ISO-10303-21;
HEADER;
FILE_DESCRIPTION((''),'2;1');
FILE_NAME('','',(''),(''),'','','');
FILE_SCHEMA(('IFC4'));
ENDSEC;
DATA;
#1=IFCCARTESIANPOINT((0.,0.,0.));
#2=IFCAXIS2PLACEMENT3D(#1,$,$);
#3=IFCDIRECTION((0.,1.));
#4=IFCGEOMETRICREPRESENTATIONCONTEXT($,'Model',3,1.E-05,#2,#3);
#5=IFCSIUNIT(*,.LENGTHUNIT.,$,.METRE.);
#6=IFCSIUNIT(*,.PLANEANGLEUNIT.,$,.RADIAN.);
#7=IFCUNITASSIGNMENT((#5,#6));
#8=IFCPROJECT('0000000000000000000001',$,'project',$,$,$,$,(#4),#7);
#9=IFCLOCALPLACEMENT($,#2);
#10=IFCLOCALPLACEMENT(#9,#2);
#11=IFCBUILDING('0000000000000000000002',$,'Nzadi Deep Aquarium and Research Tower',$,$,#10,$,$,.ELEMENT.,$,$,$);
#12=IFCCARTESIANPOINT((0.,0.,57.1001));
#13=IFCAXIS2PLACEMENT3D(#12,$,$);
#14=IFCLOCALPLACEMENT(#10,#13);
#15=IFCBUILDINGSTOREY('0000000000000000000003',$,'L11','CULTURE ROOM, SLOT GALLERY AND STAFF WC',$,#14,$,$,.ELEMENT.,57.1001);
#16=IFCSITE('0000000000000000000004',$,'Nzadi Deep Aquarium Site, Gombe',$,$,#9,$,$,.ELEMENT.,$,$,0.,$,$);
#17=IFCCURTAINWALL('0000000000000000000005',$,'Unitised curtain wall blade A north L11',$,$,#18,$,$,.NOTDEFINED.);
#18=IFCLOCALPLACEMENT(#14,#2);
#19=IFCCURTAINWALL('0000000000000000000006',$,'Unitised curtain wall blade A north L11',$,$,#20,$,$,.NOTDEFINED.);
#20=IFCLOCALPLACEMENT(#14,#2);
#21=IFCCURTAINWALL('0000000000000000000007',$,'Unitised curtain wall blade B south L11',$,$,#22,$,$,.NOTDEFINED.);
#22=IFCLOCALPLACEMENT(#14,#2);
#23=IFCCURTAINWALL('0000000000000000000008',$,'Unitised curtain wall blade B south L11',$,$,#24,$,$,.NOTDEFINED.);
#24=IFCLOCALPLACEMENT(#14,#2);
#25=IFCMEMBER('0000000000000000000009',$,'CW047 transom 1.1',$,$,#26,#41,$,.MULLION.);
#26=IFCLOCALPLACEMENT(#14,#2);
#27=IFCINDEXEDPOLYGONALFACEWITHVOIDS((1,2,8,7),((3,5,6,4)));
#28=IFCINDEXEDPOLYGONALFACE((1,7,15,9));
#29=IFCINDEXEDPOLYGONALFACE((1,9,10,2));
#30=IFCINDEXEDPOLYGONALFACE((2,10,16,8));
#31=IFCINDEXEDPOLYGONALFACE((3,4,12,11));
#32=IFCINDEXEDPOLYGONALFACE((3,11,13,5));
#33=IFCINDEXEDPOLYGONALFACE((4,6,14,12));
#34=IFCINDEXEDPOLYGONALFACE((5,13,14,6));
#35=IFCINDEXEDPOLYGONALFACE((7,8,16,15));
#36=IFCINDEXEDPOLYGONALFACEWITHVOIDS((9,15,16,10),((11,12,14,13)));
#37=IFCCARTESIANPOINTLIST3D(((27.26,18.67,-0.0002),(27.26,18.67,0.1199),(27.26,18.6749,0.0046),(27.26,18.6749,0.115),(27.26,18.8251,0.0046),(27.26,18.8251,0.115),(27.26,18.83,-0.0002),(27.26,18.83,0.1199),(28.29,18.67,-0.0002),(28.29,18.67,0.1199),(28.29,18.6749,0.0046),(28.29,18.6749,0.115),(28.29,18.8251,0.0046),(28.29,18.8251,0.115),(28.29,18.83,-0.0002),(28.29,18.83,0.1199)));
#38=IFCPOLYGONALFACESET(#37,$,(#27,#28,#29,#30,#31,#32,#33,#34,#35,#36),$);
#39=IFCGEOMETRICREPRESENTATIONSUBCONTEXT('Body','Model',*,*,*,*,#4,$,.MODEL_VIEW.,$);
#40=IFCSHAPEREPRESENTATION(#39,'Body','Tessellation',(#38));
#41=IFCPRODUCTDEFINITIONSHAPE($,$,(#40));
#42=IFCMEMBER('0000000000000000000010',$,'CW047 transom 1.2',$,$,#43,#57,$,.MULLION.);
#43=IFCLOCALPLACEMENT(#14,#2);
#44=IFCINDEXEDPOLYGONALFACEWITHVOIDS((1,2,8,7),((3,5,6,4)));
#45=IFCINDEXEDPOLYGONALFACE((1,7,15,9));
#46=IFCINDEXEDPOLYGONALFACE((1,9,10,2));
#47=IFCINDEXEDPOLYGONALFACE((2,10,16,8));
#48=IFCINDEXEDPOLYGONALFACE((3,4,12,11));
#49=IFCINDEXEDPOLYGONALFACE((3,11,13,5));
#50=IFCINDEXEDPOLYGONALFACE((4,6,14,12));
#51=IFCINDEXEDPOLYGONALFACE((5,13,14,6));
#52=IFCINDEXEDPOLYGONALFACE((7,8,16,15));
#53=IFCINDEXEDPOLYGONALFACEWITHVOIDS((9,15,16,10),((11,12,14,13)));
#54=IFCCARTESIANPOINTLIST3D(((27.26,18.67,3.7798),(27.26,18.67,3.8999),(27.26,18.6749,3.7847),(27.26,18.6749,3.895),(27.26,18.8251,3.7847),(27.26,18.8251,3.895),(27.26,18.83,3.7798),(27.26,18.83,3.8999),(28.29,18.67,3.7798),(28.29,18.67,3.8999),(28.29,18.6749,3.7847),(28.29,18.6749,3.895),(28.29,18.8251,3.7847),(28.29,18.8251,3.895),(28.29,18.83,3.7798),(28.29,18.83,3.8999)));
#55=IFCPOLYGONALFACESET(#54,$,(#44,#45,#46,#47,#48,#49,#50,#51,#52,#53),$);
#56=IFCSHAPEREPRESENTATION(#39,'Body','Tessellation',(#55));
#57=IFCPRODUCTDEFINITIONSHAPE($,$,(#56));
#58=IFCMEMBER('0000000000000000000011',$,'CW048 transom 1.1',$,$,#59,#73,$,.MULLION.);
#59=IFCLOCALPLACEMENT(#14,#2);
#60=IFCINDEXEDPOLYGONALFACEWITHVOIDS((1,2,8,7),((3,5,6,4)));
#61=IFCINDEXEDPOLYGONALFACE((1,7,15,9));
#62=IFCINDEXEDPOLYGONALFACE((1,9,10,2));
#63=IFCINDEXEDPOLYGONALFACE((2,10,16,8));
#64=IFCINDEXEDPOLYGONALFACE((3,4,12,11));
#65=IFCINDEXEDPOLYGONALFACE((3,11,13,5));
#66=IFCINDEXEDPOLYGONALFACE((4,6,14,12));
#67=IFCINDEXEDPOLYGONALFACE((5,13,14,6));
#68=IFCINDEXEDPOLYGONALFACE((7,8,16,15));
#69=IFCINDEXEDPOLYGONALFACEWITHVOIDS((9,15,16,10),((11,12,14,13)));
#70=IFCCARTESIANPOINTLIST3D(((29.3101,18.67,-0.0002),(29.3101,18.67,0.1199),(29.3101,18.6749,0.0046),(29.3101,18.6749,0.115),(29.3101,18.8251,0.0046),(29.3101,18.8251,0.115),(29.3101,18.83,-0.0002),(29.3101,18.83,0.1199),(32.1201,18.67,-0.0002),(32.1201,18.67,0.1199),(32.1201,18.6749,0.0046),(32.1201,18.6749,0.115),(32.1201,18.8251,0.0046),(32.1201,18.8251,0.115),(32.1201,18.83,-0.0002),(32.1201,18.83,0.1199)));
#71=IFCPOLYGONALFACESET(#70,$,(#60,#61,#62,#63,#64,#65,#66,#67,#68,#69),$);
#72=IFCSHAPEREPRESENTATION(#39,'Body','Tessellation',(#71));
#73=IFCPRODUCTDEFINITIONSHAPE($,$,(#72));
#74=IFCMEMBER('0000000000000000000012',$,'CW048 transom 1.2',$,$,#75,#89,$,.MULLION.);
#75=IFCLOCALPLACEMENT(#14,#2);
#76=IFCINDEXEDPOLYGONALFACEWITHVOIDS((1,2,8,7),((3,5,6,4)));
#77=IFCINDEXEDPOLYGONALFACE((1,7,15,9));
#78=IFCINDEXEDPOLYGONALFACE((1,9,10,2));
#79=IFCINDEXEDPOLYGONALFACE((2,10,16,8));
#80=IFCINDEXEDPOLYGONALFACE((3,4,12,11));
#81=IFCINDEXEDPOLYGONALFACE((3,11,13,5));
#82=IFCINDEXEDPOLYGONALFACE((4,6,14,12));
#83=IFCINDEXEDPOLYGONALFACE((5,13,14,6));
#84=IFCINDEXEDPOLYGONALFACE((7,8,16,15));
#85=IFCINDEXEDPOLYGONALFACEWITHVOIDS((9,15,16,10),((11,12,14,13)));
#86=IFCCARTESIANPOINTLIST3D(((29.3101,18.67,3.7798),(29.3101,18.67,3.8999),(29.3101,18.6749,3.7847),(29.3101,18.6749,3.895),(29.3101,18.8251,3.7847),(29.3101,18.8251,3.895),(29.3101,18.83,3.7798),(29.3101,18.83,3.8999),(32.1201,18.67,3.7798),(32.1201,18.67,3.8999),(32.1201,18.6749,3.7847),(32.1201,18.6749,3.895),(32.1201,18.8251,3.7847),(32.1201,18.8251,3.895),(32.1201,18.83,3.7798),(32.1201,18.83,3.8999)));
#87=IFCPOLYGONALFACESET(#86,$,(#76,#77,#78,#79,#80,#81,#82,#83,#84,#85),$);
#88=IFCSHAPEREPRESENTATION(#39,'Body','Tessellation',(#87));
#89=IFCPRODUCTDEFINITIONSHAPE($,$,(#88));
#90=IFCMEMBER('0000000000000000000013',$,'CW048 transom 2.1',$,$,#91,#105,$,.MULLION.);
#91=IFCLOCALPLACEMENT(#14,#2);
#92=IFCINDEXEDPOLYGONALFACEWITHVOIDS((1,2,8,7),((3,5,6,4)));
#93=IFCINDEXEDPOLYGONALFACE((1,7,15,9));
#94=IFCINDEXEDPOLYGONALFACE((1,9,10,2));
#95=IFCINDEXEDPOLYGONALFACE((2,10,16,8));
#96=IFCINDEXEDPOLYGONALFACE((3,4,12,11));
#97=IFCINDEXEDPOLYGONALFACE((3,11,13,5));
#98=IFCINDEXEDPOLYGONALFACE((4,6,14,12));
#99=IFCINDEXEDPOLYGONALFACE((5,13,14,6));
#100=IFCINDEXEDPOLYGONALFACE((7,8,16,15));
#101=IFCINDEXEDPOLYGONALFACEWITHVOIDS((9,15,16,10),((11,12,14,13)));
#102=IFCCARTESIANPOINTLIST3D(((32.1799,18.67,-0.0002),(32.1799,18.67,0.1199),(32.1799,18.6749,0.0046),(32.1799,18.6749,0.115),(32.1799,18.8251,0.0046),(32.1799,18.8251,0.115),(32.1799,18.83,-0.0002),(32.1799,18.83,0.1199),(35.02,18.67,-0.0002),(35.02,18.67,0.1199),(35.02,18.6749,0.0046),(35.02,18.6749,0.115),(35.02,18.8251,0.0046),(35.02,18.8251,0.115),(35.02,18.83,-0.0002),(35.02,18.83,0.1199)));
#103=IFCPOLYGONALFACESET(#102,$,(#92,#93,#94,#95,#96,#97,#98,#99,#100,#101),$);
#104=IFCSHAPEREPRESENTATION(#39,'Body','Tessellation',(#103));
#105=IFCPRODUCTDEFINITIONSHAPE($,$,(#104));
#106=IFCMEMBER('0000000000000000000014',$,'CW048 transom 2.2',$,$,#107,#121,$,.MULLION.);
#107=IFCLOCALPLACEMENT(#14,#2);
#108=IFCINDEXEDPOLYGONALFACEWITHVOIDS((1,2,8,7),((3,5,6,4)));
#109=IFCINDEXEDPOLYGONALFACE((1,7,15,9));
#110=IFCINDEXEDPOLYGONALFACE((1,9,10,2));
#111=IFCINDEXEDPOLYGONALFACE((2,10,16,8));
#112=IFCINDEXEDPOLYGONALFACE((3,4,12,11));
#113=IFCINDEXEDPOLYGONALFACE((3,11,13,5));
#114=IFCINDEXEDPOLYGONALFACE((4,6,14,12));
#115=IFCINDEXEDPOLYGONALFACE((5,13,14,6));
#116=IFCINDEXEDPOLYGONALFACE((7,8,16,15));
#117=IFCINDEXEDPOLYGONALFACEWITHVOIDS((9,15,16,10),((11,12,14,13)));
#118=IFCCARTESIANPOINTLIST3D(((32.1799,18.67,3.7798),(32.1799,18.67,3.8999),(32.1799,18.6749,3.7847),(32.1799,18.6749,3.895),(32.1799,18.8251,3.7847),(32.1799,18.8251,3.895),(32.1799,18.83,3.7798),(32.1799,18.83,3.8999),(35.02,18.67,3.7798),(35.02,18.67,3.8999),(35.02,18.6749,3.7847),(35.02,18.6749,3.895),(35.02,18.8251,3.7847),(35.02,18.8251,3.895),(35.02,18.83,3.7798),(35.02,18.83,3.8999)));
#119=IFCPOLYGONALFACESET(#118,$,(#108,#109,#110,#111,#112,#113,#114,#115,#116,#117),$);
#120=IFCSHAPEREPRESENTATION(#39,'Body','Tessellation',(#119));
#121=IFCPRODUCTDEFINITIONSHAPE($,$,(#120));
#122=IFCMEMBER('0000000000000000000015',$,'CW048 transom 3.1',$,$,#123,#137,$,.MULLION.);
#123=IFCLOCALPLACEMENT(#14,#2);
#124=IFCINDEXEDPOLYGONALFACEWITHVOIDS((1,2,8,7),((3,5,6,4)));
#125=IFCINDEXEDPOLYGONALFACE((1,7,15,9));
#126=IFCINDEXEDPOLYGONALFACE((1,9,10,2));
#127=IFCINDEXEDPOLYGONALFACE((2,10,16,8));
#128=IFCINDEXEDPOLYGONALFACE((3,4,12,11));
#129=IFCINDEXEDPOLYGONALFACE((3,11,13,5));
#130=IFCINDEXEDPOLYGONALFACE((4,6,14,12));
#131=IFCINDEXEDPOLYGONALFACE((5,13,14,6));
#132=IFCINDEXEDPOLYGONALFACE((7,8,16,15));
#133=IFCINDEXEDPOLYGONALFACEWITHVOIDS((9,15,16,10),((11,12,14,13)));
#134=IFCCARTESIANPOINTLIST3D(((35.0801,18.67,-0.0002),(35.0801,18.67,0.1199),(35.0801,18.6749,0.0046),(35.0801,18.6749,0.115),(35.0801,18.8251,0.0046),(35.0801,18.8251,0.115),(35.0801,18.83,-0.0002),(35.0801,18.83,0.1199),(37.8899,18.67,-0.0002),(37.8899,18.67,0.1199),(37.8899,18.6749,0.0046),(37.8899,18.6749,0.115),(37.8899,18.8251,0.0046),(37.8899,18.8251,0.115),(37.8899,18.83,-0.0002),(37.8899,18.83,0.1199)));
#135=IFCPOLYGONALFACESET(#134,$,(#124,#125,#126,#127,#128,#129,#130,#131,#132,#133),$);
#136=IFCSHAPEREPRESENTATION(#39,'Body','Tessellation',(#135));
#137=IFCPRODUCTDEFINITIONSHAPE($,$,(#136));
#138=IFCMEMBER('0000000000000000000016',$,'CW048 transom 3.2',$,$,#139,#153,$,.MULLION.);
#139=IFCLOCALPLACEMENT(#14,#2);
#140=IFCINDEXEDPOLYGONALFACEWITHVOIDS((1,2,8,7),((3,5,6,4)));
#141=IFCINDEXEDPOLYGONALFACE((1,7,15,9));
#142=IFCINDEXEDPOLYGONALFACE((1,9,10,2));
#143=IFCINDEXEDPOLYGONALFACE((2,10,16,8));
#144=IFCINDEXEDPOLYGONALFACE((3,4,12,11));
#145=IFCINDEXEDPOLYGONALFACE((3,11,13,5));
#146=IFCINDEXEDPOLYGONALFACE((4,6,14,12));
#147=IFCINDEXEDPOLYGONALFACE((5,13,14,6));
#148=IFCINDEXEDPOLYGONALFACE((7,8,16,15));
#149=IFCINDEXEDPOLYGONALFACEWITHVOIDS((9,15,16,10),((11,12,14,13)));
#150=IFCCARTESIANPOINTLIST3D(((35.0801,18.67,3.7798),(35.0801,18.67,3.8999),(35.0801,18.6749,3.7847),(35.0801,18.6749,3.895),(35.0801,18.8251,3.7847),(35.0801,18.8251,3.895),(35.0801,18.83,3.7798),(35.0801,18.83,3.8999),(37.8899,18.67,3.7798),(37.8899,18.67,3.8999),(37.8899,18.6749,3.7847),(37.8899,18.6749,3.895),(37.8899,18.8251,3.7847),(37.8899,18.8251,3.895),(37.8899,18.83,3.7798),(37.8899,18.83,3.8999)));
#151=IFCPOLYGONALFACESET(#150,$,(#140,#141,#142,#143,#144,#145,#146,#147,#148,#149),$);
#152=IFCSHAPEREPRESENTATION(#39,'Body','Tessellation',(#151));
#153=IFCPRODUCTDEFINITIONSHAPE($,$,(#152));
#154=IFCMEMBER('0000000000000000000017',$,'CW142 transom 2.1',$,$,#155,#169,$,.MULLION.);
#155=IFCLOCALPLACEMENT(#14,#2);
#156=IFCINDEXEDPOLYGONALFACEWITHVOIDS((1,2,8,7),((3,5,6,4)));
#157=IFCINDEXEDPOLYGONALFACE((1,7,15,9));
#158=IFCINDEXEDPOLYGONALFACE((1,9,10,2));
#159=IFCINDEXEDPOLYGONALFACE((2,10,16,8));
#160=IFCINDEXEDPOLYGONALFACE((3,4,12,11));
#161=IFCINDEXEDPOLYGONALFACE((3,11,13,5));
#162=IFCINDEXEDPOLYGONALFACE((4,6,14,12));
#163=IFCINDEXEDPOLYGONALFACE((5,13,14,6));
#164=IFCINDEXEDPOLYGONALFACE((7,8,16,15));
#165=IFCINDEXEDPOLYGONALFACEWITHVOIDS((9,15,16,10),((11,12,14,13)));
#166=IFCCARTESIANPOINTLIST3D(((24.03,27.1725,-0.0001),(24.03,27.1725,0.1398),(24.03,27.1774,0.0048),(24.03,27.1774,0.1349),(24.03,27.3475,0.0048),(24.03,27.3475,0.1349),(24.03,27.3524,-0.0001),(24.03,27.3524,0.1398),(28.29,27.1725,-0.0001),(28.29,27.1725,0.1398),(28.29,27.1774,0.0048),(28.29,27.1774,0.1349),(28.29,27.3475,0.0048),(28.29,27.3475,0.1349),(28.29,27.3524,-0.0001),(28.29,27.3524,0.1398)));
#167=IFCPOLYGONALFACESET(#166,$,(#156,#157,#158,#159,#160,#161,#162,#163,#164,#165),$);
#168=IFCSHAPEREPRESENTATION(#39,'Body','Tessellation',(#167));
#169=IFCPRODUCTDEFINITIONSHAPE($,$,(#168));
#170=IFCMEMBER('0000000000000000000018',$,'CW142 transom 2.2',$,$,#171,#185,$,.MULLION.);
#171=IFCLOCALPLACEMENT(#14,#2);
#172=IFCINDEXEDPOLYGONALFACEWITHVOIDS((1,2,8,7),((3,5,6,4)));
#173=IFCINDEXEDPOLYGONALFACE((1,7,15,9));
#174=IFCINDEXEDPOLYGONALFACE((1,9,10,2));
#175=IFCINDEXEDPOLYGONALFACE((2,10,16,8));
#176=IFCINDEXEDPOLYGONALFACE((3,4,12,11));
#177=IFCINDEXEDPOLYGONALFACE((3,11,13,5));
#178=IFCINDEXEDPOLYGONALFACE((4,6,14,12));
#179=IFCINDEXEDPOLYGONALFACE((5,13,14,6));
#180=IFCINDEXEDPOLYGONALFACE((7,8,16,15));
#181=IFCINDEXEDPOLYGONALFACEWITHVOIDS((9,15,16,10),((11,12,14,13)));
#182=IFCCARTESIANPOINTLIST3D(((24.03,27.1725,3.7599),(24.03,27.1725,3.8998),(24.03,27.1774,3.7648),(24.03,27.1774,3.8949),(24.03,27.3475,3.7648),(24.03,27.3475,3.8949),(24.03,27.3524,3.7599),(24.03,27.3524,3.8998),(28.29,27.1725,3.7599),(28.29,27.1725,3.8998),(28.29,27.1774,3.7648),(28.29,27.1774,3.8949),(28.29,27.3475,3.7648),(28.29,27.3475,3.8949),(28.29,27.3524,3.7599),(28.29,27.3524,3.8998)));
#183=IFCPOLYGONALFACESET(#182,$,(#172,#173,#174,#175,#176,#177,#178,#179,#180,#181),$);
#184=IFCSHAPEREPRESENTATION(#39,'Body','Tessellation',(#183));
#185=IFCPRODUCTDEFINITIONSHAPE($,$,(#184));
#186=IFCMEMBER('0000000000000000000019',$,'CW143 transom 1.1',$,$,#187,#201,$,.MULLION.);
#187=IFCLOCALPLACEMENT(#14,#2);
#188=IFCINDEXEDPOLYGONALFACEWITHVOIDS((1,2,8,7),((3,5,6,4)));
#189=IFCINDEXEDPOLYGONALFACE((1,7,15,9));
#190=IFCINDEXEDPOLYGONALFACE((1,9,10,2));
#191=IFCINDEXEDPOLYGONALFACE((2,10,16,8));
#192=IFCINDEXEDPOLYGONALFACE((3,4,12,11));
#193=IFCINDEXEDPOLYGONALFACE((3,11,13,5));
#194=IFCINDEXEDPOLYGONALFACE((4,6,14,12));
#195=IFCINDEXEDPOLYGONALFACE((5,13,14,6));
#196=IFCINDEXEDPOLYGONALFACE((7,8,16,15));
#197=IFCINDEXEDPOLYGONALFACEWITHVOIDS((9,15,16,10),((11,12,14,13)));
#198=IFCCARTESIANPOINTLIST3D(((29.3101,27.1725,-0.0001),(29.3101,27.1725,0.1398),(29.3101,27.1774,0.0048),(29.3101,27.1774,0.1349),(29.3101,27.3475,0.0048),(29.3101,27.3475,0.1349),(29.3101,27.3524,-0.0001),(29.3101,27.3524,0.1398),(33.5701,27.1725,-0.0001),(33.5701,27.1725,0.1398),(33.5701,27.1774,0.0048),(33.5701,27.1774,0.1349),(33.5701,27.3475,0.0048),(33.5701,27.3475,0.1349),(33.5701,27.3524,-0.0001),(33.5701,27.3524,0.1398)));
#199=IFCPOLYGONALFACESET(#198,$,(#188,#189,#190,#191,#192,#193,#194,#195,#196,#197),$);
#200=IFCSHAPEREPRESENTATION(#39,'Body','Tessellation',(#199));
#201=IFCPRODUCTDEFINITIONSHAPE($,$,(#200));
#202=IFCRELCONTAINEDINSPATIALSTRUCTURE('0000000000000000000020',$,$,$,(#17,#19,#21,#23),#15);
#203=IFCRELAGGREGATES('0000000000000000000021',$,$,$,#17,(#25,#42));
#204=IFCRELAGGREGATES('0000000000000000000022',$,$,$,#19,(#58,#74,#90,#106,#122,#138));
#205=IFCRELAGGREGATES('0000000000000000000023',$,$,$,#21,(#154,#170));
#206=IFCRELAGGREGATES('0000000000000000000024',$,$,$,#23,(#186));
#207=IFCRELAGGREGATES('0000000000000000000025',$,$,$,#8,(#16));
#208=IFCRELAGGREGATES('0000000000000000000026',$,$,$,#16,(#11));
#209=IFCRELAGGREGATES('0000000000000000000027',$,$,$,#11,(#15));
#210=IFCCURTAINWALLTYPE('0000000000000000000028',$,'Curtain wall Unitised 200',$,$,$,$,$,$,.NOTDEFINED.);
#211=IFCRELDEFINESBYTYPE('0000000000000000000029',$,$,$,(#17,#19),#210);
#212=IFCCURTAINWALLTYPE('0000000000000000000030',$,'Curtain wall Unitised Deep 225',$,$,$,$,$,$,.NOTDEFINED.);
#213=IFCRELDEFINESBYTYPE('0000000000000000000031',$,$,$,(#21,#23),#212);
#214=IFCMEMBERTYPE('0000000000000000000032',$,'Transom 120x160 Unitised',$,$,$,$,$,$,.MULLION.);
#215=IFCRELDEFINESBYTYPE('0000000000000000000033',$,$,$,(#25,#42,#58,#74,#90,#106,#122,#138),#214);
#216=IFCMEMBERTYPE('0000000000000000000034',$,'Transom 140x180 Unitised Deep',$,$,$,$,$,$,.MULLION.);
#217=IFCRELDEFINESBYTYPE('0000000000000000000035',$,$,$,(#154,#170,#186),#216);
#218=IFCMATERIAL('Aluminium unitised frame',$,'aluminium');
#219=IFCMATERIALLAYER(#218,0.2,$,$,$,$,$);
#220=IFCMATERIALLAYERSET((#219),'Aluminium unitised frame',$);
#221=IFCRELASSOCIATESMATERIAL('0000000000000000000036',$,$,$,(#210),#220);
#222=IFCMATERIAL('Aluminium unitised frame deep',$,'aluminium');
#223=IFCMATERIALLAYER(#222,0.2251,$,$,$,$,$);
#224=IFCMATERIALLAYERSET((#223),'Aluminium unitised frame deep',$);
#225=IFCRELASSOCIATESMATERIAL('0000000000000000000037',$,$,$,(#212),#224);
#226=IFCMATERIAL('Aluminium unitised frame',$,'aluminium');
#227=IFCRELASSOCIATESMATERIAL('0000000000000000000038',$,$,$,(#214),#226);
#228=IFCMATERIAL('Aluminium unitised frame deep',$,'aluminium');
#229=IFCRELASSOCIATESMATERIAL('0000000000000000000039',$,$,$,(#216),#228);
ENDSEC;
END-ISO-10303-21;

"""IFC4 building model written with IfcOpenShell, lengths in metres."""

from ifc_helpers import new_model, si_unit, direction, frame, origin, origin_2d, place, context, subcontext, project, spatial, hollow_rectangle, extrude, material, layer, layer_set, material_profile, profile_set, type_object, element, aggregate, save


model = new_model("IFC4")

# Units and contexts
model_context = context("Model", 3, precision=1e-05, world=origin(), true_north=direction((0.0, 1.0)))
body_context = subcontext(model_context, "Body", "Model", "MODEL_VIEW")
ifc_project = project(units=[si_unit("LENGTHUNIT", "METRE"), si_unit("PLANEANGLEUNIT", "RADIAN")], contexts=[model_context])

# Site, building, storey
site_placement = place(None, origin())
site = spatial("IfcSite", under=ifc_project, at=site_placement, Name="Nzadi Deep Aquarium Site, Gombe", CompositionType="ELEMENT", RefElevation=0.0)
building_placement = place(site_placement, origin())
building = spatial("IfcBuilding", under=site, at=building_placement, Name="Nzadi Deep Aquarium and Research Tower", CompositionType="ELEMENT")
storey_placement = place(building_placement, frame((0.0, 0.0, 57.1001)))
storey = spatial("IfcBuildingStorey", under=building, at=storey_placement, Name="L11", Description="CULTURE ROOM, SLOT GALLERY AND STAFF WC", CompositionType="ELEMENT", Elevation=57.1001)

# Curtain walls
ifc_material_1 = material(Name="Aluminium unitised frame", Category="aluminium")
ifc_layer_1 = layer(ifc_material_1, 0.2)
ifc_layer_set_1 = layer_set([ifc_layer_1], Name="Aluminium unitised frame")
curtain_wall_type_1 = type_object("IfcCurtainWallType", Name="Curtain wall Unitised 200", PredefinedType="NOTDEFINED", material=ifc_layer_set_1)
curtain_wall_1_placement = place(storey_placement, origin())
curtain_wall_1 = element("IfcCurtainWall", 1, at=curtain_wall_1_placement, inside=storey, type_object=curtain_wall_type_1, Name="Unitised curtain wall blade A north L11", PredefinedType="NOTDEFINED")
curtain_wall_2_placement = place(storey_placement, origin())
curtain_wall_2 = element("IfcCurtainWall", 2, at=curtain_wall_2_placement, inside=storey, type_object=curtain_wall_type_1, Name="Unitised curtain wall blade A north L11", PredefinedType="NOTDEFINED")
ifc_material_2 = material(Name="Aluminium unitised frame deep", Category="aluminium")
ifc_layer_2 = layer(ifc_material_2, 0.2251)
ifc_layer_set_2 = layer_set([ifc_layer_2], Name="Aluminium unitised frame deep")
curtain_wall_type_2 = type_object("IfcCurtainWallType", Name="Curtain wall Unitised Deep 225", PredefinedType="NOTDEFINED", material=ifc_layer_set_2)
curtain_wall_3_placement = place(storey_placement, origin())
curtain_wall_3 = element("IfcCurtainWall", 3, at=curtain_wall_3_placement, inside=storey, type_object=curtain_wall_type_2, Name="Unitised curtain wall blade B south L11", PredefinedType="NOTDEFINED")
curtain_wall_4_placement = place(storey_placement, origin())
curtain_wall_4 = element("IfcCurtainWall", 4, at=curtain_wall_4_placement, inside=storey, type_object=curtain_wall_type_2, Name="Unitised curtain wall blade B south L11", PredefinedType="NOTDEFINED")

# Members
ifc_material_3 = material(Name="Aluminium unitised frame", Category="aluminium")
ifc_material_profile_1 = material_profile(ifc_material_3, hollow_rectangle(XDim=0.1599, YDim=0.1201, WallThickness=0.0049, at=origin_2d()))
ifc_profile_set_1 = profile_set([ifc_material_profile_1], Name="Aluminium unitised frame")
member_type_1 = type_object("IfcMemberType", Name="Transom 120x160 Unitised", PredefinedType="MULLION", material=ifc_profile_set_1)
member_1_placement = place(storey_placement, frame((27.26, 18.75, 0.0598), z_axis=(1.0, 0.0, 0.0), x_axis=(0.0, 1.0, 0.0)))
member_1 = element("IfcMember", 5, at=member_1_placement, type_object=member_type_1, Name="CW047 transom 1.1", PredefinedType="MULLION", context=body_context, shape_type="SweptSolid", body=[
    extrude(hollow_rectangle(XDim=0.1599, YDim=0.1201, WallThickness=0.0049, at=origin_2d()), origin(), (0.0, 0.0, 1.0), 1.03),
])
member_2_placement = place(storey_placement, frame((27.26, 18.75, 3.8398), z_axis=(1.0, 0.0, 0.0), x_axis=(0.0, 1.0, 0.0)))
member_2 = element("IfcMember", 6, at=member_2_placement, type_object=member_type_1, Name="CW047 transom 1.2", PredefinedType="MULLION", context=body_context, shape_type="SweptSolid", body=[
    extrude(hollow_rectangle(XDim=0.1599, YDim=0.1201, WallThickness=0.0049, at=origin_2d()), origin(), (0.0, 0.0, 1.0), 1.03),
])
member_3_placement = place(storey_placement, frame((29.3101, 18.75, 0.0598), z_axis=(1.0, 0.0, 0.0), x_axis=(0.0, 1.0, 0.0)))
member_3 = element("IfcMember", 7, at=member_3_placement, type_object=member_type_1, Name="CW048 transom 1.1", PredefinedType="MULLION", context=body_context, shape_type="SweptSolid", body=[
    extrude(hollow_rectangle(XDim=0.1599, YDim=0.1201, WallThickness=0.0049, at=origin_2d()), origin(), (0.0, 0.0, 1.0), 2.8101),
])
member_4_placement = place(storey_placement, frame((29.3101, 18.75, 3.8398), z_axis=(1.0, 0.0, 0.0), x_axis=(0.0, 1.0, 0.0)))
member_4 = element("IfcMember", 8, at=member_4_placement, type_object=member_type_1, Name="CW048 transom 1.2", PredefinedType="MULLION", context=body_context, shape_type="SweptSolid", body=[
    extrude(hollow_rectangle(XDim=0.1599, YDim=0.1201, WallThickness=0.0049, at=origin_2d()), origin(), (0.0, 0.0, 1.0), 2.8101),
])
member_5_placement = place(storey_placement, frame((32.1799, 18.75, 0.0598), z_axis=(1.0, 0.0, 0.0), x_axis=(0.0, 1.0, 0.0)))
member_5 = element("IfcMember", 9, at=member_5_placement, type_object=member_type_1, Name="CW048 transom 2.1", PredefinedType="MULLION", context=body_context, shape_type="SweptSolid", body=[
    extrude(hollow_rectangle(XDim=0.1599, YDim=0.1201, WallThickness=0.0049, at=origin_2d()), origin(), (0.0, 0.0, 1.0), 2.8401),
])
member_6_placement = place(storey_placement, frame((32.1799, 18.75, 3.8398), z_axis=(1.0, 0.0, 0.0), x_axis=(0.0, 1.0, 0.0)))
member_6 = element("IfcMember", 10, at=member_6_placement, type_object=member_type_1, Name="CW048 transom 2.2", PredefinedType="MULLION", context=body_context, shape_type="SweptSolid", body=[
    extrude(hollow_rectangle(XDim=0.1599, YDim=0.1201, WallThickness=0.0049, at=origin_2d()), origin(), (0.0, 0.0, 1.0), 2.8401),
])
member_7_placement = place(storey_placement, frame((35.0801, 18.75, 0.0598), z_axis=(1.0, 0.0, 0.0), x_axis=(0.0, 1.0, 0.0)))
member_7 = element("IfcMember", 11, at=member_7_placement, type_object=member_type_1, Name="CW048 transom 3.1", PredefinedType="MULLION", context=body_context, shape_type="SweptSolid", body=[
    extrude(hollow_rectangle(XDim=0.1599, YDim=0.1201, WallThickness=0.0049, at=origin_2d()), origin(), (0.0, 0.0, 1.0), 2.8098),
])
member_8_placement = place(storey_placement, frame((35.0801, 18.75, 3.8398), z_axis=(1.0, 0.0, 0.0), x_axis=(0.0, 1.0, 0.0)))
member_8 = element("IfcMember", 12, at=member_8_placement, type_object=member_type_1, Name="CW048 transom 3.2", PredefinedType="MULLION", context=body_context, shape_type="SweptSolid", body=[
    extrude(hollow_rectangle(XDim=0.1599, YDim=0.1201, WallThickness=0.0049, at=origin_2d()), origin(), (0.0, 0.0, 1.0), 2.8098),
])
ifc_material_4 = material(Name="Aluminium unitised frame deep", Category="aluminium")
ifc_material_profile_2 = material_profile(ifc_material_4, hollow_rectangle(XDim=0.1799, YDim=0.1399, WallThickness=0.0049, at=origin_2d()))
ifc_profile_set_2 = profile_set([ifc_material_profile_2], Name="Aluminium unitised frame deep")
member_type_2 = type_object("IfcMemberType", Name="Transom 140x180 Unitised Deep", PredefinedType="MULLION", material=ifc_profile_set_2)
member_9_placement = place(storey_placement, frame((24.03, 27.2625, 0.0698), z_axis=(1.0, 0.0, 0.0), x_axis=(0.0, 1.0, 0.0)))
member_9 = element("IfcMember", 13, at=member_9_placement, type_object=member_type_2, Name="CW142 transom 2.1", PredefinedType="MULLION", context=body_context, shape_type="SweptSolid", body=[
    extrude(hollow_rectangle(XDim=0.1799, YDim=0.1399, WallThickness=0.0049, at=origin_2d()), origin(), (0.0, 0.0, 1.0), 4.26),
])
member_10_placement = place(storey_placement, frame((24.03, 27.2625, 3.8298), z_axis=(1.0, 0.0, 0.0), x_axis=(0.0, 1.0, 0.0)))
member_10 = element("IfcMember", 14, at=member_10_placement, type_object=member_type_2, Name="CW142 transom 2.2", PredefinedType="MULLION", context=body_context, shape_type="SweptSolid", body=[
    extrude(hollow_rectangle(XDim=0.1799, YDim=0.1399, WallThickness=0.0049, at=origin_2d()), origin(), (0.0, 0.0, 1.0), 4.26),
])
member_11_placement = place(storey_placement, frame((29.3101, 27.2625, 0.0698), z_axis=(1.0, 0.0, 0.0), x_axis=(0.0, 1.0, 0.0)))
member_11 = element("IfcMember", 15, at=member_11_placement, type_object=member_type_2, Name="CW143 transom 1.1", PredefinedType="MULLION", context=body_context, shape_type="SweptSolid", body=[
    extrude(hollow_rectangle(XDim=0.1799, YDim=0.1399, WallThickness=0.0049, at=origin_2d()), origin(), (0.0, 0.0, 1.0), 4.26),
])

aggregate(curtain_wall_1, [member_1, member_2])
aggregate(curtain_wall_2, [member_3, member_4, member_5, member_6, member_7, member_8])
aggregate(curtain_wall_3, [member_9, member_10])
aggregate(curtain_wall_4, [member_11])

save(model, "model.ifc")
